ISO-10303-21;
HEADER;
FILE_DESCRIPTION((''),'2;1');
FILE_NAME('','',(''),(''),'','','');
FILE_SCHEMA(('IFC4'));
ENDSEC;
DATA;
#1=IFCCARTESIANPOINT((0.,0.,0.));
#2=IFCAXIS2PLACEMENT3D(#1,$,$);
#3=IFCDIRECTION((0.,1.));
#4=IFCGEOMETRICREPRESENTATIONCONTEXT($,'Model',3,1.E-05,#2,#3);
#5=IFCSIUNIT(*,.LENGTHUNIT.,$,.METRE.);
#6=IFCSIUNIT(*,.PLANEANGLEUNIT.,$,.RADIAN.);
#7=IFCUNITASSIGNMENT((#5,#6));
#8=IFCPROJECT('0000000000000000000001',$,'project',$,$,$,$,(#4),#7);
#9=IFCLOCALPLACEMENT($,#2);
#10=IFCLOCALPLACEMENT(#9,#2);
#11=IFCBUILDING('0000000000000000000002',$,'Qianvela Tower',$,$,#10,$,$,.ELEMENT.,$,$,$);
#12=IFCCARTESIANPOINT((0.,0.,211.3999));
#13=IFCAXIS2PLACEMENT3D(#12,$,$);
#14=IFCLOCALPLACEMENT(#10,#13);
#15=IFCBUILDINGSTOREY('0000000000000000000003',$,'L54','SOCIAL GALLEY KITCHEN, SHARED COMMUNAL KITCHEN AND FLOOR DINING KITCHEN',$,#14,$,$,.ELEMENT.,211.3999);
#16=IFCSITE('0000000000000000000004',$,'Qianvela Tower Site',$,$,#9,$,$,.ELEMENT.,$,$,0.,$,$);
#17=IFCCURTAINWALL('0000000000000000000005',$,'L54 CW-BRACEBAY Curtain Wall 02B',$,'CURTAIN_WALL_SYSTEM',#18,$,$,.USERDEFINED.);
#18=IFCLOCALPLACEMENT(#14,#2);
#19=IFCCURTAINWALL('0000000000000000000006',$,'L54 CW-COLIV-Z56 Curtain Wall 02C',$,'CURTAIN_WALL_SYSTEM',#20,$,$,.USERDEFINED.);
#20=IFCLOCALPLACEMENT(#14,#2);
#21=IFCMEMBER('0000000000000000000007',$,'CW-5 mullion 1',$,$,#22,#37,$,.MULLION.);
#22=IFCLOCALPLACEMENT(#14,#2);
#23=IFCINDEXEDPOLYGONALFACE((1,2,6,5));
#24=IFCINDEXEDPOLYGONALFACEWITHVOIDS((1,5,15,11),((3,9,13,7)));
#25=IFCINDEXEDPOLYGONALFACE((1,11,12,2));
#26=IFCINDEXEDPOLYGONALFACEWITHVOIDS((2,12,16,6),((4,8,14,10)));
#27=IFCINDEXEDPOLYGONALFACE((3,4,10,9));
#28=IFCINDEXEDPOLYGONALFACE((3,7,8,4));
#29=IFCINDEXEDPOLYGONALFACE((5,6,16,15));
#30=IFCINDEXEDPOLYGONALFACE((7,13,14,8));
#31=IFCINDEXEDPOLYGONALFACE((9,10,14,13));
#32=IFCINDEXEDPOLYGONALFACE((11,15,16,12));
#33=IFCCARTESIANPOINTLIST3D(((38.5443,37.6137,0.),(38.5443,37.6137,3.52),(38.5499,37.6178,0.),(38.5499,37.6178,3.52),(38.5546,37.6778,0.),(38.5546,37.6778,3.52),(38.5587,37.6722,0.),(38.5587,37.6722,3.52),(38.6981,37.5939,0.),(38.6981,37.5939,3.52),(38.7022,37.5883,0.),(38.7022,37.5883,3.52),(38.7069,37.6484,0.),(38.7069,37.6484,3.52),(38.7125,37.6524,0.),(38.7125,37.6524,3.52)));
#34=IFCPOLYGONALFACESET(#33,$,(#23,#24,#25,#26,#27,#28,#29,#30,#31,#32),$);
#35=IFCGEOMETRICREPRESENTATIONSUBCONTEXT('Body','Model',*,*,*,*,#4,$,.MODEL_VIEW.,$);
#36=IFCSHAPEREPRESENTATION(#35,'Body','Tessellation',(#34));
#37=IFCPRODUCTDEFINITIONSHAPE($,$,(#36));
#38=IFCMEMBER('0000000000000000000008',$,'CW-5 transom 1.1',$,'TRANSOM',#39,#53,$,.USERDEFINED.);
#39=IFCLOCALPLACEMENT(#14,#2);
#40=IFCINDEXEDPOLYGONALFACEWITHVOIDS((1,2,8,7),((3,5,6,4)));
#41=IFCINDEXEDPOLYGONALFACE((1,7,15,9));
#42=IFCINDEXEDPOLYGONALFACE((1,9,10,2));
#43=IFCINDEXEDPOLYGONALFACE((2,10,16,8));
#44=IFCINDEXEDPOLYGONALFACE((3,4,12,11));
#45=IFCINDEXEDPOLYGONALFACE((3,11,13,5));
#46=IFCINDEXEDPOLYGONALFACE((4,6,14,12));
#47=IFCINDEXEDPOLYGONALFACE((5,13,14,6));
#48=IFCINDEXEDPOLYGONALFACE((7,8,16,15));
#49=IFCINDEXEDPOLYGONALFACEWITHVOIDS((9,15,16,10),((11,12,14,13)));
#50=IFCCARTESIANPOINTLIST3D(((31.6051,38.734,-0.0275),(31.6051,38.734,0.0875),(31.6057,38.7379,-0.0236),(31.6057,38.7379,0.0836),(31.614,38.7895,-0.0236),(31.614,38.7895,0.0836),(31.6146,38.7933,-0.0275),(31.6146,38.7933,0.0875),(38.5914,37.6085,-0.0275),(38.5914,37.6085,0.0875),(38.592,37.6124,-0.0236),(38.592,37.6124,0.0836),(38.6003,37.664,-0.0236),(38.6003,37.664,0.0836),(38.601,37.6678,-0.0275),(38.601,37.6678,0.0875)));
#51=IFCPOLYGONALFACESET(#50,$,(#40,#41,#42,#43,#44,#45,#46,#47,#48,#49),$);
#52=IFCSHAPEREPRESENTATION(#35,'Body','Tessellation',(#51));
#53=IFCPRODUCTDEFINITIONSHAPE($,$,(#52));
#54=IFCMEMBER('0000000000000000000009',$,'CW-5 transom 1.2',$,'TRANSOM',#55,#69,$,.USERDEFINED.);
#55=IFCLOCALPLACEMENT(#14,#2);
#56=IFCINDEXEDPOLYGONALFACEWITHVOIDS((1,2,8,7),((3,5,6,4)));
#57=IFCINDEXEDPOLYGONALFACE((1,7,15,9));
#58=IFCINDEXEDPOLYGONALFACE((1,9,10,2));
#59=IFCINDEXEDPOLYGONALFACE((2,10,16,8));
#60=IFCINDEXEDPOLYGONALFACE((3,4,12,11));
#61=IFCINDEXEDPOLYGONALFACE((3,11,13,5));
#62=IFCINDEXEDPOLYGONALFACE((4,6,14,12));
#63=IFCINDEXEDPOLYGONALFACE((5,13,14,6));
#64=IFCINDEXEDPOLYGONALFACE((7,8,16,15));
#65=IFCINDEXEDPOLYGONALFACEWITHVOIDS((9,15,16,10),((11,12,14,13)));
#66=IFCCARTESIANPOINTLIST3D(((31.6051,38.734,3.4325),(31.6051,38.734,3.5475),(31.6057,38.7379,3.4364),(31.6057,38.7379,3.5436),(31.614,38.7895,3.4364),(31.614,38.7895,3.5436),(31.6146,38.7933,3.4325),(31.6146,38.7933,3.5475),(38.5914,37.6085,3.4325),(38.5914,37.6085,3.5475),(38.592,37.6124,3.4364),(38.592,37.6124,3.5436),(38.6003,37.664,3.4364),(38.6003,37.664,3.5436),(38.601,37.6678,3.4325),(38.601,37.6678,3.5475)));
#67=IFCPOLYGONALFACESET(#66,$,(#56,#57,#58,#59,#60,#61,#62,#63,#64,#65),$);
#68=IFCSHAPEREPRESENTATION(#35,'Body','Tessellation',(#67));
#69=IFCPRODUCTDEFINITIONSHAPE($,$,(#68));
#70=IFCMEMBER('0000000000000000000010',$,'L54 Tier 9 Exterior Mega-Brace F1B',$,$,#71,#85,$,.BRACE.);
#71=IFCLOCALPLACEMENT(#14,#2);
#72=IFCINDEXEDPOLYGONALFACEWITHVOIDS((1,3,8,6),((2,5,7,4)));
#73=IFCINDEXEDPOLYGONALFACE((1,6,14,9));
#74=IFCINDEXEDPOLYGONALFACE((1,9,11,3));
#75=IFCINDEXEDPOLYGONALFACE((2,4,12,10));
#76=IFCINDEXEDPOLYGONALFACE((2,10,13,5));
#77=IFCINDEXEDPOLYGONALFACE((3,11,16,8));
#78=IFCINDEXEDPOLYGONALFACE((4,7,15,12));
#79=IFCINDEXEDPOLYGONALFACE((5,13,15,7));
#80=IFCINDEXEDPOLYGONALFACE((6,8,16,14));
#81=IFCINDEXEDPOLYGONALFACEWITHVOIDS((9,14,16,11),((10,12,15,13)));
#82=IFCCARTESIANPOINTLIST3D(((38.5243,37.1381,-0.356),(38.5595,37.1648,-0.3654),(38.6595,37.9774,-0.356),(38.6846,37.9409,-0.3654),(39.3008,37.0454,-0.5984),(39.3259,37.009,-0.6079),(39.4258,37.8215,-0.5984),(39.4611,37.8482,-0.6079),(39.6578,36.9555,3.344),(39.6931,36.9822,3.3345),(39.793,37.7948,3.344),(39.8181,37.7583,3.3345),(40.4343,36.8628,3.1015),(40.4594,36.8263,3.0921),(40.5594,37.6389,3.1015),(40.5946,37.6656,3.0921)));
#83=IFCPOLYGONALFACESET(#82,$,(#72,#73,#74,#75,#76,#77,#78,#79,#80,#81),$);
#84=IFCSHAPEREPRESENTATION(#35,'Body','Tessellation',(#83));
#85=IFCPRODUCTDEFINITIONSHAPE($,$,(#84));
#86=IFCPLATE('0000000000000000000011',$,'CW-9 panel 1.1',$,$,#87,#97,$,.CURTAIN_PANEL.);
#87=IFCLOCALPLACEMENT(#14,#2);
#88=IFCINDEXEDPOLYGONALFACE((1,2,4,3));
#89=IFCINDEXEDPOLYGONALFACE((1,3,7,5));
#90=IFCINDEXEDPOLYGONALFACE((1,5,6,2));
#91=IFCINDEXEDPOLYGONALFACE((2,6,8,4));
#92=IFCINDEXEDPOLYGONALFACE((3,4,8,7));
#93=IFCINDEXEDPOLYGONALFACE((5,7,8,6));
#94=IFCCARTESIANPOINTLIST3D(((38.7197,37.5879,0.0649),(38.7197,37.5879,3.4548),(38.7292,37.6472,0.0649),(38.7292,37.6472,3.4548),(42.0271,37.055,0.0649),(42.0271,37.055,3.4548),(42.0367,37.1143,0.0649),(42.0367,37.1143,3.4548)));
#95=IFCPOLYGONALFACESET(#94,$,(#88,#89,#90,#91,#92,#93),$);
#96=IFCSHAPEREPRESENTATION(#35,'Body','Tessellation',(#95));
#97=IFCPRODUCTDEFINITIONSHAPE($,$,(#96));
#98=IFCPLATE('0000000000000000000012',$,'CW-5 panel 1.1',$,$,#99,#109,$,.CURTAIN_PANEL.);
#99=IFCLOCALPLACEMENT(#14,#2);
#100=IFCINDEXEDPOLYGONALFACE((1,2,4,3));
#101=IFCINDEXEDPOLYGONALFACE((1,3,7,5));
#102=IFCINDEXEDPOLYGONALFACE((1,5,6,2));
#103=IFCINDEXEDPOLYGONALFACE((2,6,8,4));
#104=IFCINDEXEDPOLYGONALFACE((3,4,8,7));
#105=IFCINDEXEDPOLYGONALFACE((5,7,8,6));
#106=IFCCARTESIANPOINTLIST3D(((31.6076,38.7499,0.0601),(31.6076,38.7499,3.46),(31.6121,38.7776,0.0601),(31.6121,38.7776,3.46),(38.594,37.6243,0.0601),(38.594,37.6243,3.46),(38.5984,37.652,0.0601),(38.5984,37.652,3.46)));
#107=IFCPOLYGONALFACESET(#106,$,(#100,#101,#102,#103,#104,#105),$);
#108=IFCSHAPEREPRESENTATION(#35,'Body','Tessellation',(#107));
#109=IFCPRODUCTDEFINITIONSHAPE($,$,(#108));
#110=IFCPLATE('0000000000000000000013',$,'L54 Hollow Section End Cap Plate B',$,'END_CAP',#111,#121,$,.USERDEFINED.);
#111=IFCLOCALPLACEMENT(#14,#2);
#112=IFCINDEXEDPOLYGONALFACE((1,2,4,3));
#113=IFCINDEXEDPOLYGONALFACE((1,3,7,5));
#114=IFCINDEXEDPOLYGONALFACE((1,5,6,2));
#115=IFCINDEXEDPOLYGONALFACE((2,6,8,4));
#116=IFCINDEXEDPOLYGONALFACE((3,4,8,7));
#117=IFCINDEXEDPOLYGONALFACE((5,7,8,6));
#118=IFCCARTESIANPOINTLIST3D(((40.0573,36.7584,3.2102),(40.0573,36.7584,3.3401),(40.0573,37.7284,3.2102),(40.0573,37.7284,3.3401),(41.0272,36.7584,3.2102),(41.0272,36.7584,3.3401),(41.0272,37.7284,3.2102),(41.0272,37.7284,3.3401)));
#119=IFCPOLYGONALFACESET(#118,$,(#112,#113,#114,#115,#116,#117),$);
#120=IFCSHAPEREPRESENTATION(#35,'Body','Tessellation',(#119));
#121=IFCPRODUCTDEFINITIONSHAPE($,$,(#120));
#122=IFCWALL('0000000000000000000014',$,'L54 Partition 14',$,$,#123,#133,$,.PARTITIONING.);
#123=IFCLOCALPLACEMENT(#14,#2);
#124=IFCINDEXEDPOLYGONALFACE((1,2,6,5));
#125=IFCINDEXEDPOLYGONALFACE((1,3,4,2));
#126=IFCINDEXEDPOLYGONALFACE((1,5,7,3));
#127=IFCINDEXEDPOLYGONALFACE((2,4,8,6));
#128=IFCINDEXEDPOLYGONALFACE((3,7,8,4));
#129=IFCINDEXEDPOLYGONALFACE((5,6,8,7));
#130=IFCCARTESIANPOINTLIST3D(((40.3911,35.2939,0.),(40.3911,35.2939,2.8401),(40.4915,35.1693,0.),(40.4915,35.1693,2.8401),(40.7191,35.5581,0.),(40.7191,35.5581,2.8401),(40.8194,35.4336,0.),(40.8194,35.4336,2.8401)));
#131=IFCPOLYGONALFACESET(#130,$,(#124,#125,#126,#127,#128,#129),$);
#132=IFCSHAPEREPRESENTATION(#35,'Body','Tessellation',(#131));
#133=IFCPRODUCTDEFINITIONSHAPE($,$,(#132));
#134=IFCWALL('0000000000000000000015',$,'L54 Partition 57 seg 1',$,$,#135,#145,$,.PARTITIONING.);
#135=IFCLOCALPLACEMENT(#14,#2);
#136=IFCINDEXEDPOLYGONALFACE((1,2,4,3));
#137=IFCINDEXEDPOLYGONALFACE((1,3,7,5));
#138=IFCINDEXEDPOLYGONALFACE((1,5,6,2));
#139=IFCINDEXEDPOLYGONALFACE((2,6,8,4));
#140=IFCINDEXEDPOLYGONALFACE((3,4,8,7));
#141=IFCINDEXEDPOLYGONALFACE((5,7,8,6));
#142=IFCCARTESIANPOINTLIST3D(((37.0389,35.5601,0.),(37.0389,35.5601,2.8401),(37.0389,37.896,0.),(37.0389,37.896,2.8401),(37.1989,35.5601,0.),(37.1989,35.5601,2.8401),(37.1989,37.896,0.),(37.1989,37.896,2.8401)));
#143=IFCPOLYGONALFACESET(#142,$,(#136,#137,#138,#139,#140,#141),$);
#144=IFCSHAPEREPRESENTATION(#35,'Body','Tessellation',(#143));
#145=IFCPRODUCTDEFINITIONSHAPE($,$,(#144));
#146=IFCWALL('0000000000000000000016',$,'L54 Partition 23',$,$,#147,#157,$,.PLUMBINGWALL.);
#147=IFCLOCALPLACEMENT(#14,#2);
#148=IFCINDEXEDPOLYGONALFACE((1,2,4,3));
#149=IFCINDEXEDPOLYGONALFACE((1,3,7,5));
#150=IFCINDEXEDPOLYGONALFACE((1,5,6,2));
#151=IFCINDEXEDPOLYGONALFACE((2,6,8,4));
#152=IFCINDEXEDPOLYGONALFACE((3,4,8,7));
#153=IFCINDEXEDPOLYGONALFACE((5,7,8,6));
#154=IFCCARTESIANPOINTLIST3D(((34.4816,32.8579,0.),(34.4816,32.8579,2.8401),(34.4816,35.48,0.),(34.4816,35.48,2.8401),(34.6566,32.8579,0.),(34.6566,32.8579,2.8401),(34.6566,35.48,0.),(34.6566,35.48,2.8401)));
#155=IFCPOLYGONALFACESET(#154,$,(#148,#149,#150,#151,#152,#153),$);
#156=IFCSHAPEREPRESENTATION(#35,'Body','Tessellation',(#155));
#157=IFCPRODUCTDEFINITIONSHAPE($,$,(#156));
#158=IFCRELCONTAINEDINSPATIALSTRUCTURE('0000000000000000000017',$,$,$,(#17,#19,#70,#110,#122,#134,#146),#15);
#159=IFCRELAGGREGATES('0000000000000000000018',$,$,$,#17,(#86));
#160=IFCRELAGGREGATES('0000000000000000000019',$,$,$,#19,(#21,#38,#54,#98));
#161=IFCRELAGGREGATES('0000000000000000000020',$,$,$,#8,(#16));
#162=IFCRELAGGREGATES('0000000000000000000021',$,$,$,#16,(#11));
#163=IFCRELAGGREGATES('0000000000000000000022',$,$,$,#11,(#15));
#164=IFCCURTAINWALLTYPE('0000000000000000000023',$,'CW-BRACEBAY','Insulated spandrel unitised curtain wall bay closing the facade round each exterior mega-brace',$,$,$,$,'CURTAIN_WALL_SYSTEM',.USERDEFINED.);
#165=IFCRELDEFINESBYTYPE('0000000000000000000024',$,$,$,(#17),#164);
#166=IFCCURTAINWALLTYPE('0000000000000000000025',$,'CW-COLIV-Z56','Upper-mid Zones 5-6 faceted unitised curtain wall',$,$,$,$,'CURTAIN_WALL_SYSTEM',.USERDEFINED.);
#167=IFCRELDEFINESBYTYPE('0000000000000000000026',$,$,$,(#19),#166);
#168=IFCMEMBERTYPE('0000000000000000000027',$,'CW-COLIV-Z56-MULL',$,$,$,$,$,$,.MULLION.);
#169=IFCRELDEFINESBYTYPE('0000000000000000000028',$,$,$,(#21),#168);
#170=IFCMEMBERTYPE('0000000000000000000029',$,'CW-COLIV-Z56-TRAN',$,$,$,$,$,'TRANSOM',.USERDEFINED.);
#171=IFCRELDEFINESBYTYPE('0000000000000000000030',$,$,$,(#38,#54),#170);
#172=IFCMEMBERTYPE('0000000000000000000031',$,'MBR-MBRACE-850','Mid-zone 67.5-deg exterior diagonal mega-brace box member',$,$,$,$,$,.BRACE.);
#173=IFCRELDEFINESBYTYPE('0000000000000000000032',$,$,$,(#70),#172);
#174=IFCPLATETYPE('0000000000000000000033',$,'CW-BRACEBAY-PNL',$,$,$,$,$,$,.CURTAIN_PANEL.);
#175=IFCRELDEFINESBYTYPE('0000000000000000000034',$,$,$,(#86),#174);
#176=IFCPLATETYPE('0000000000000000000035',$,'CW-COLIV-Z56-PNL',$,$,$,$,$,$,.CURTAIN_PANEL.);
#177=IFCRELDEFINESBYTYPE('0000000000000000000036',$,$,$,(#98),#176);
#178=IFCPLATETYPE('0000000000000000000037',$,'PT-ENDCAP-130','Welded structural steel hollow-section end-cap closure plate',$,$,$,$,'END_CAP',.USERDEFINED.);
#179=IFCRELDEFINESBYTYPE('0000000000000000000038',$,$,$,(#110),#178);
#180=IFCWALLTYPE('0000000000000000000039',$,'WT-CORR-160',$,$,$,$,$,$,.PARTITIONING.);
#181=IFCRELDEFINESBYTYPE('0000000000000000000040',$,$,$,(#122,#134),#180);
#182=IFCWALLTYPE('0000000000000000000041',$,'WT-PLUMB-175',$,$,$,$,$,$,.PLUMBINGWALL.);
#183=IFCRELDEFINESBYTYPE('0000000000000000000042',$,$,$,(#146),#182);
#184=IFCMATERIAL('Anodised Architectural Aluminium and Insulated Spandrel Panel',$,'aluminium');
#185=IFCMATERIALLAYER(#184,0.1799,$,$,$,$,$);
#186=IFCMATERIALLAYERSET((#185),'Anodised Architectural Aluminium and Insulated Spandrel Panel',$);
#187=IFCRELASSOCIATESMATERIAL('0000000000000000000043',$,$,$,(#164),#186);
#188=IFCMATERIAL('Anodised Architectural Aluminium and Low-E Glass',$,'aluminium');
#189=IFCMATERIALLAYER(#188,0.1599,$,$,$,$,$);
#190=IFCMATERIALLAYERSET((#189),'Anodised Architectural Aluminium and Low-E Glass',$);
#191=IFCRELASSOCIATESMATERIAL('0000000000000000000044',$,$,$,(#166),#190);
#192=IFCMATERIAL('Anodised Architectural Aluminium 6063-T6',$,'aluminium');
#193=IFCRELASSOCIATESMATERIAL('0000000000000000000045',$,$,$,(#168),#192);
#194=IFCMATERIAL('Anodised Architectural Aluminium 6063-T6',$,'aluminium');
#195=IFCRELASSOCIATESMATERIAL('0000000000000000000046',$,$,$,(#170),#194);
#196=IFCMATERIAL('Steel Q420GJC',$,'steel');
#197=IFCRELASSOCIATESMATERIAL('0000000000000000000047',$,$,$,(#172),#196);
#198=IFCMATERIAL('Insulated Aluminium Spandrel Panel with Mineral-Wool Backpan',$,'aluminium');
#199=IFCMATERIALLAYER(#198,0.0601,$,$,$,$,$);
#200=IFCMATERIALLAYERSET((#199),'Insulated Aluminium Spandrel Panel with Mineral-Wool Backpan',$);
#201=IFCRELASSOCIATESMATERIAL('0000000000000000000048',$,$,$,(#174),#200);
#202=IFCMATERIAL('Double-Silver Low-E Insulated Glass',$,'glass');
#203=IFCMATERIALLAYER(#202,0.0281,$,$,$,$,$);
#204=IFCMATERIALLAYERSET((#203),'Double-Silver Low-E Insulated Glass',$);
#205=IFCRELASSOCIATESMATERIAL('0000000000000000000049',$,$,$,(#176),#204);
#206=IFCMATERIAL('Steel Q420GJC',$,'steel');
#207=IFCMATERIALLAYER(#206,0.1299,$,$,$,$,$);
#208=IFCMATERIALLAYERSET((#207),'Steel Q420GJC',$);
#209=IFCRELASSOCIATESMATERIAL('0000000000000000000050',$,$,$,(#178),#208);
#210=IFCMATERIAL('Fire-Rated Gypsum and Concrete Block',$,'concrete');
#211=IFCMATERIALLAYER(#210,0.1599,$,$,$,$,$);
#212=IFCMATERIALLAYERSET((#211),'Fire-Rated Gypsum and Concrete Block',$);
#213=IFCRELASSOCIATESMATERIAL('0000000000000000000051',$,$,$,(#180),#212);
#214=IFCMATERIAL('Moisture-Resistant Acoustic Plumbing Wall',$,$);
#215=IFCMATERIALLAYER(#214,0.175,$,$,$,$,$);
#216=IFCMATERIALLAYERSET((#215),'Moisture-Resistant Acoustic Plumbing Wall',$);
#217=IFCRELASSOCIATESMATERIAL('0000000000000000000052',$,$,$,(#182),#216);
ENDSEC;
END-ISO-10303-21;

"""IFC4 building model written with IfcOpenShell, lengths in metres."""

from ifc_helpers import new_model, si_unit, direction, frame, frame_2d, origin, origin_2d, place, context, subcontext, project, spatial, rectangle, hollow_rectangle, extrude, material, layer, layer_set, material_profile, profile_set, type_object, element, aggregate, save


model = new_model("IFC4")

# Units and contexts
model_context = context("Model", 3, precision=1e-05, world=origin(), true_north=direction((0.0, 1.0)))
body_context = subcontext(model_context, "Body", "Model", "MODEL_VIEW")
ifc_project = project(units=[si_unit("LENGTHUNIT", "METRE"), si_unit("PLANEANGLEUNIT", "RADIAN")], contexts=[model_context])

# Site, building, storey
site_placement = place(None, origin())
site = spatial("IfcSite", under=ifc_project, at=site_placement, Name="Qianvela Tower Site", CompositionType="ELEMENT", RefElevation=0.0)
building_placement = place(site_placement, origin())
building = spatial("IfcBuilding", under=site, at=building_placement, Name="Qianvela Tower", CompositionType="ELEMENT")
storey_placement = place(building_placement, frame((0.0, 0.0, 211.3999)))
storey = spatial("IfcBuildingStorey", under=building, at=storey_placement, Name="L54", Description="SOCIAL GALLEY KITCHEN, SHARED COMMUNAL KITCHEN AND FLOOR DINING KITCHEN", CompositionType="ELEMENT", Elevation=211.3999)

# Curtain wall
ifc_material_1 = material(Name="Anodised Architectural Aluminium and Insulated Spandrel Panel", Category="aluminium")
ifc_layer_1 = layer(ifc_material_1, 0.1799)
ifc_layer_set_1 = layer_set([ifc_layer_1], Name="Anodised Architectural Aluminium and Insulated Spandrel Panel")
curtain_wall_type_1 = type_object("IfcCurtainWallType", Name="CW-BRACEBAY", Description="Insulated spandrel unitised curtain wall bay closing the facade round each exterior mega-brace", ElementType="CURTAIN_WALL_SYSTEM", PredefinedType="USERDEFINED", material=ifc_layer_set_1)
curtain_wall_1_placement = place(storey_placement, origin())
curtain_wall_1 = element("IfcCurtainWall", 1, at=curtain_wall_1_placement, inside=storey, type_object=curtain_wall_type_1, Name="L54 CW-BRACEBAY Curtain Wall 02B", ObjectType="CURTAIN_WALL_SYSTEM", PredefinedType="USERDEFINED")

# Curtain wall, members
ifc_material_2 = material(Name="Anodised Architectural Aluminium and Low-E Glass", Category="aluminium")
ifc_layer_2 = layer(ifc_material_2, 0.1599)
ifc_layer_set_2 = layer_set([ifc_layer_2], Name="Anodised Architectural Aluminium and Low-E Glass")
curtain_wall_type_2 = type_object("IfcCurtainWallType", Name="CW-COLIV-Z56", Description="Upper-mid Zones 5-6 faceted unitised curtain wall", ElementType="CURTAIN_WALL_SYSTEM", PredefinedType="USERDEFINED", material=ifc_layer_set_2)
curtain_wall_2_placement = place(storey_placement, origin())
curtain_wall_2 = element("IfcCurtainWall", 2, at=curtain_wall_2_placement, inside=storey, type_object=curtain_wall_type_2, Name="L54 CW-COLIV-Z56 Curtain Wall 02C", ObjectType="CURTAIN_WALL_SYSTEM", PredefinedType="USERDEFINED")
ifc_material_3 = material(Name="Anodised Architectural Aluminium 6063-T6", Category="aluminium")
ifc_material_profile_1 = material_profile(ifc_material_3, hollow_rectangle(XDim=0.0649, YDim=0.1599, WallThickness=0.0049, at=origin_2d()), Name="ALU-MULL-65x160")
ifc_profile_set_1 = profile_set([ifc_material_profile_1], Name="Anodised Architectural Aluminium 6063-T6")
member_type_1 = type_object("IfcMemberType", Name="CW-COLIV-Z56-MULL", PredefinedType="MULLION", material=ifc_profile_set_1)
member_1_placement = place(storey_placement, frame((38.6284, 37.6331, 0.0), z_axis=(0.0, 0.0, 1.0), x_axis=(-0.159068, -0.987268, 0.0)))
member_1 = element("IfcMember", 3, at=member_1_placement, type_object=member_type_1, Name="CW-5 mullion 1", PredefinedType="MULLION", context=body_context, shape_type="SweptSolid", body=[
    extrude(hollow_rectangle(XDim=0.0649, YDim=0.1599, WallThickness=0.0049, at=origin_2d()), origin(), (0.0, 0.0, 1.0), 3.52),
])
ifc_material_4 = material(Name="Anodised Architectural Aluminium 6063-T6", Category="aluminium")
ifc_material_profile_2 = material_profile(ifc_material_4, hollow_rectangle(XDim=0.0601, YDim=0.115, WallThickness=0.0039, at=origin_2d()), Name="ALU-TRAN-60x115")
ifc_profile_set_2 = profile_set([ifc_material_profile_2], Name="Anodised Architectural Aluminium 6063-T6")
member_type_2 = type_object("IfcMemberType", Name="CW-COLIV-Z56-TRAN", ElementType="TRANSOM", PredefinedType="USERDEFINED", material=ifc_profile_set_2)
member_2_placement = place(storey_placement, frame((38.5962, 37.6382, 0.03), z_axis=(-0.987271, 0.159048, 0.0), x_axis=(-0.159048, -0.987271, 0.0)))
member_2 = element("IfcMember", 4, at=member_2_placement, type_object=member_type_2, Name="CW-5 transom 1.1", ObjectType="TRANSOM", PredefinedType="USERDEFINED", context=body_context, shape_type="SweptSolid", body=[
    extrude(hollow_rectangle(XDim=0.0601, YDim=0.115, WallThickness=0.0039, at=origin_2d()), origin(), (0.0, 0.0, 1.0), 7.0764),
])
member_3_placement = place(storey_placement, frame((38.5962, 37.6382, 3.49), z_axis=(-0.987271, 0.159048, 0.0), x_axis=(-0.159048, -0.987271, 0.0)))
member_3 = element("IfcMember", 5, at=member_3_placement, type_object=member_type_2, Name="CW-5 transom 1.2", ObjectType="TRANSOM", PredefinedType="USERDEFINED", context=body_context, shape_type="SweptSolid", body=[
    extrude(hollow_rectangle(XDim=0.0601, YDim=0.115, WallThickness=0.0039, at=origin_2d()), origin(), (0.0, 0.0, 1.0), 7.0764),
])

# Member
ifc_material_5 = material(Name="Steel Q420GJC", Category="steel")
ifc_material_profile_3 = material_profile(ifc_material_5, hollow_rectangle(XDim=0.8501, YDim=0.8501, WallThickness=0.032, at=origin_2d()), Name="MBOX-850x850x32")
ifc_profile_set_3 = profile_set([ifc_material_profile_3], Name="Steel Q420GJC")
member_type_3 = type_object("IfcMemberType", Name="MBR-MBRACE-850", Description="Mid-zone 67.5-deg exterior diagonal mega-brace box member", PredefinedType="BRACE", material=ifc_profile_set_3)
member_4_placement = place(storey_placement, frame((38.9927, 37.4932, -0.4819), z_axis=(0.292603, -0.047139, 0.955071), x_axis=(0.159052, 0.98727, 0.0)))
element("IfcMember", 6, at=member_4_placement, inside=storey, type_object=member_type_3, Name="L54 Tier 9 Exterior Mega-Brace F1B", PredefinedType="BRACE", context=body_context, shape_type="SweptSolid", body=[
    extrude(hollow_rectangle(XDim=0.8501, YDim=0.8501, WallThickness=0.032, at=origin_2d()), origin(), (0.0, 0.0, 1.0), 3.874),
])

# Plates
ifc_material_6 = material(Name="Insulated Aluminium Spandrel Panel with Mineral-Wool Backpan", Category="aluminium")
ifc_layer_3 = layer(ifc_material_6, 0.0601)
ifc_layer_set_3 = layer_set([ifc_layer_3], Name="Insulated Aluminium Spandrel Panel with Mineral-Wool Backpan")
plate_type_1 = type_object("IfcPlateType", Name="CW-BRACEBAY-PNL", PredefinedType="CURTAIN_PANEL", material=ifc_layer_set_3)
plate_1_placement = place(storey_placement, frame((40.3782, 37.3511, 0.0649), z_axis=(0.0, 0.0, 1.0), x_axis=(-0.987266, 0.15908, 0.0)))
plate_1 = element("IfcPlate", 7, at=plate_1_placement, type_object=plate_type_1, Name="CW-9 panel 1.1", PredefinedType="CURTAIN_PANEL", context=body_context, shape_type="SweptSolid", body=[
    extrude(rectangle(XDim=3.3501, YDim=0.0601, at=origin_2d()), origin(), (0.0, 0.0, 1.0), 3.3899),
])
aggregate(curtain_wall_1, [plate_1])
ifc_material_7 = material(Name="Double-Silver Low-E Insulated Glass", Category="glass")
ifc_layer_4 = layer(ifc_material_7, 0.0281)
ifc_layer_set_4 = layer_set([ifc_layer_4], Name="Double-Silver Low-E Insulated Glass")
plate_type_2 = type_object("IfcPlateType", Name="CW-COLIV-Z56-PNL", PredefinedType="CURTAIN_PANEL", material=ifc_layer_set_4)
plate_2_placement = place(storey_placement, frame((35.103, 38.2009, 0.0601), z_axis=(0.0, 0.0, 1.0), x_axis=(-0.987268, 0.159068, 0.0)))
plate_2 = element("IfcPlate", 8, at=plate_2_placement, type_object=plate_type_2, Name="CW-5 panel 1.1", PredefinedType="CURTAIN_PANEL", context=body_context, shape_type="SweptSolid", body=[
    extrude(rectangle(XDim=7.0764, YDim=0.0281, at=origin_2d()), origin(), (0.0, 0.0, 1.0), 3.3999),
])
aggregate(curtain_wall_2, [member_1, member_2, member_3, plate_2])
ifc_material_8 = material(Name="Steel Q420GJC", Category="steel")
ifc_layer_5 = layer(ifc_material_8, 0.1299)
ifc_layer_set_5 = layer_set([ifc_layer_5], Name="Steel Q420GJC")
plate_type_3 = type_object("IfcPlateType", Name="PT-ENDCAP-130", Description="Welded structural steel hollow-section end-cap closure plate", ElementType="END_CAP", PredefinedType="USERDEFINED", material=ifc_layer_set_5)
plate_3_placement = place(storey_placement, frame((40.5422, 37.2434, 3.2102), z_axis=(0.0, 0.0, 1.0), x_axis=(1.0, 0.0, 0.0)))
element("IfcPlate", 9, at=plate_3_placement, inside=storey, type_object=plate_type_3, Name="L54 Hollow Section End Cap Plate B", ObjectType="END_CAP", PredefinedType="USERDEFINED", context=body_context, shape_type="SweptSolid", body=[
    extrude(rectangle(XDim=0.97, YDim=0.97, at=origin_2d()), origin(), (0.0, 0.0, 1.0), 0.1299),
])

# Walls
ifc_material_9 = material(Name="Fire-Rated Gypsum and Concrete Block", Category="concrete")
ifc_layer_6 = layer(ifc_material_9, 0.1599)
ifc_layer_set_6 = layer_set([ifc_layer_6], Name="Fire-Rated Gypsum and Concrete Block")
wall_type_1 = type_object("IfcWallType", Name="WT-CORR-160", PredefinedType="PARTITIONING", material=ifc_layer_set_6)
wall_1_placement = place(storey_placement, frame((40.4414, 35.2317, 0.0), z_axis=(0.0, 0.0, 1.0), x_axis=(0.778715, 0.627378, 0.0)))
element("IfcWall", 10, at=wall_1_placement, inside=storey, type_object=wall_type_1, Name="L54 Partition 14", PredefinedType="PARTITIONING", context=body_context, shape_type="SweptSolid", body=[
    extrude(rectangle(XDim=0.4211, YDim=0.1599, at=frame_2d((0.2104, 0.0))), origin(), (0.0, 0.0, 1.0), 2.8401),
])
wall_2_placement = place(storey_placement, frame((37.1189, 37.896, 0.0), z_axis=(0.0, 0.0, 1.0), x_axis=(0.0, -1.0, 0.0)))
element("IfcWall", 11, at=wall_2_placement, inside=storey, type_object=wall_type_1, Name="L54 Partition 57 seg 1", PredefinedType="PARTITIONING", context=body_context, shape_type="SweptSolid", body=[
    extrude(rectangle(XDim=2.3359, YDim=0.1599, at=frame_2d((1.168, 0.0))), origin(), (0.0, 0.0, 1.0), 2.8401),
])
ifc_material_10 = material(Name="Moisture-Resistant Acoustic Plumbing Wall")
ifc_layer_7 = layer(ifc_material_10, 0.175)
ifc_layer_set_7 = layer_set([ifc_layer_7], Name="Moisture-Resistant Acoustic Plumbing Wall")
wall_type_2 = type_object("IfcWallType", Name="WT-PLUMB-175", PredefinedType="PLUMBINGWALL", material=ifc_layer_set_7)
wall_3_placement = place(storey_placement, frame((34.5691, 35.48, 0.0), z_axis=(0.0, 0.0, 1.0), x_axis=(0.0, -1.0, 0.0)))
element("IfcWall", 12, at=wall_3_placement, inside=storey, type_object=wall_type_2, Name="L54 Partition 23", PredefinedType="PLUMBINGWALL", context=body_context, shape_type="SweptSolid", body=[
    extrude(rectangle(XDim=2.6221, YDim=0.175, at=frame_2d((1.311, 0.0))), origin(), (0.0, 0.0, 1.0), 2.8401),
])

save(model, "model.ifc")
